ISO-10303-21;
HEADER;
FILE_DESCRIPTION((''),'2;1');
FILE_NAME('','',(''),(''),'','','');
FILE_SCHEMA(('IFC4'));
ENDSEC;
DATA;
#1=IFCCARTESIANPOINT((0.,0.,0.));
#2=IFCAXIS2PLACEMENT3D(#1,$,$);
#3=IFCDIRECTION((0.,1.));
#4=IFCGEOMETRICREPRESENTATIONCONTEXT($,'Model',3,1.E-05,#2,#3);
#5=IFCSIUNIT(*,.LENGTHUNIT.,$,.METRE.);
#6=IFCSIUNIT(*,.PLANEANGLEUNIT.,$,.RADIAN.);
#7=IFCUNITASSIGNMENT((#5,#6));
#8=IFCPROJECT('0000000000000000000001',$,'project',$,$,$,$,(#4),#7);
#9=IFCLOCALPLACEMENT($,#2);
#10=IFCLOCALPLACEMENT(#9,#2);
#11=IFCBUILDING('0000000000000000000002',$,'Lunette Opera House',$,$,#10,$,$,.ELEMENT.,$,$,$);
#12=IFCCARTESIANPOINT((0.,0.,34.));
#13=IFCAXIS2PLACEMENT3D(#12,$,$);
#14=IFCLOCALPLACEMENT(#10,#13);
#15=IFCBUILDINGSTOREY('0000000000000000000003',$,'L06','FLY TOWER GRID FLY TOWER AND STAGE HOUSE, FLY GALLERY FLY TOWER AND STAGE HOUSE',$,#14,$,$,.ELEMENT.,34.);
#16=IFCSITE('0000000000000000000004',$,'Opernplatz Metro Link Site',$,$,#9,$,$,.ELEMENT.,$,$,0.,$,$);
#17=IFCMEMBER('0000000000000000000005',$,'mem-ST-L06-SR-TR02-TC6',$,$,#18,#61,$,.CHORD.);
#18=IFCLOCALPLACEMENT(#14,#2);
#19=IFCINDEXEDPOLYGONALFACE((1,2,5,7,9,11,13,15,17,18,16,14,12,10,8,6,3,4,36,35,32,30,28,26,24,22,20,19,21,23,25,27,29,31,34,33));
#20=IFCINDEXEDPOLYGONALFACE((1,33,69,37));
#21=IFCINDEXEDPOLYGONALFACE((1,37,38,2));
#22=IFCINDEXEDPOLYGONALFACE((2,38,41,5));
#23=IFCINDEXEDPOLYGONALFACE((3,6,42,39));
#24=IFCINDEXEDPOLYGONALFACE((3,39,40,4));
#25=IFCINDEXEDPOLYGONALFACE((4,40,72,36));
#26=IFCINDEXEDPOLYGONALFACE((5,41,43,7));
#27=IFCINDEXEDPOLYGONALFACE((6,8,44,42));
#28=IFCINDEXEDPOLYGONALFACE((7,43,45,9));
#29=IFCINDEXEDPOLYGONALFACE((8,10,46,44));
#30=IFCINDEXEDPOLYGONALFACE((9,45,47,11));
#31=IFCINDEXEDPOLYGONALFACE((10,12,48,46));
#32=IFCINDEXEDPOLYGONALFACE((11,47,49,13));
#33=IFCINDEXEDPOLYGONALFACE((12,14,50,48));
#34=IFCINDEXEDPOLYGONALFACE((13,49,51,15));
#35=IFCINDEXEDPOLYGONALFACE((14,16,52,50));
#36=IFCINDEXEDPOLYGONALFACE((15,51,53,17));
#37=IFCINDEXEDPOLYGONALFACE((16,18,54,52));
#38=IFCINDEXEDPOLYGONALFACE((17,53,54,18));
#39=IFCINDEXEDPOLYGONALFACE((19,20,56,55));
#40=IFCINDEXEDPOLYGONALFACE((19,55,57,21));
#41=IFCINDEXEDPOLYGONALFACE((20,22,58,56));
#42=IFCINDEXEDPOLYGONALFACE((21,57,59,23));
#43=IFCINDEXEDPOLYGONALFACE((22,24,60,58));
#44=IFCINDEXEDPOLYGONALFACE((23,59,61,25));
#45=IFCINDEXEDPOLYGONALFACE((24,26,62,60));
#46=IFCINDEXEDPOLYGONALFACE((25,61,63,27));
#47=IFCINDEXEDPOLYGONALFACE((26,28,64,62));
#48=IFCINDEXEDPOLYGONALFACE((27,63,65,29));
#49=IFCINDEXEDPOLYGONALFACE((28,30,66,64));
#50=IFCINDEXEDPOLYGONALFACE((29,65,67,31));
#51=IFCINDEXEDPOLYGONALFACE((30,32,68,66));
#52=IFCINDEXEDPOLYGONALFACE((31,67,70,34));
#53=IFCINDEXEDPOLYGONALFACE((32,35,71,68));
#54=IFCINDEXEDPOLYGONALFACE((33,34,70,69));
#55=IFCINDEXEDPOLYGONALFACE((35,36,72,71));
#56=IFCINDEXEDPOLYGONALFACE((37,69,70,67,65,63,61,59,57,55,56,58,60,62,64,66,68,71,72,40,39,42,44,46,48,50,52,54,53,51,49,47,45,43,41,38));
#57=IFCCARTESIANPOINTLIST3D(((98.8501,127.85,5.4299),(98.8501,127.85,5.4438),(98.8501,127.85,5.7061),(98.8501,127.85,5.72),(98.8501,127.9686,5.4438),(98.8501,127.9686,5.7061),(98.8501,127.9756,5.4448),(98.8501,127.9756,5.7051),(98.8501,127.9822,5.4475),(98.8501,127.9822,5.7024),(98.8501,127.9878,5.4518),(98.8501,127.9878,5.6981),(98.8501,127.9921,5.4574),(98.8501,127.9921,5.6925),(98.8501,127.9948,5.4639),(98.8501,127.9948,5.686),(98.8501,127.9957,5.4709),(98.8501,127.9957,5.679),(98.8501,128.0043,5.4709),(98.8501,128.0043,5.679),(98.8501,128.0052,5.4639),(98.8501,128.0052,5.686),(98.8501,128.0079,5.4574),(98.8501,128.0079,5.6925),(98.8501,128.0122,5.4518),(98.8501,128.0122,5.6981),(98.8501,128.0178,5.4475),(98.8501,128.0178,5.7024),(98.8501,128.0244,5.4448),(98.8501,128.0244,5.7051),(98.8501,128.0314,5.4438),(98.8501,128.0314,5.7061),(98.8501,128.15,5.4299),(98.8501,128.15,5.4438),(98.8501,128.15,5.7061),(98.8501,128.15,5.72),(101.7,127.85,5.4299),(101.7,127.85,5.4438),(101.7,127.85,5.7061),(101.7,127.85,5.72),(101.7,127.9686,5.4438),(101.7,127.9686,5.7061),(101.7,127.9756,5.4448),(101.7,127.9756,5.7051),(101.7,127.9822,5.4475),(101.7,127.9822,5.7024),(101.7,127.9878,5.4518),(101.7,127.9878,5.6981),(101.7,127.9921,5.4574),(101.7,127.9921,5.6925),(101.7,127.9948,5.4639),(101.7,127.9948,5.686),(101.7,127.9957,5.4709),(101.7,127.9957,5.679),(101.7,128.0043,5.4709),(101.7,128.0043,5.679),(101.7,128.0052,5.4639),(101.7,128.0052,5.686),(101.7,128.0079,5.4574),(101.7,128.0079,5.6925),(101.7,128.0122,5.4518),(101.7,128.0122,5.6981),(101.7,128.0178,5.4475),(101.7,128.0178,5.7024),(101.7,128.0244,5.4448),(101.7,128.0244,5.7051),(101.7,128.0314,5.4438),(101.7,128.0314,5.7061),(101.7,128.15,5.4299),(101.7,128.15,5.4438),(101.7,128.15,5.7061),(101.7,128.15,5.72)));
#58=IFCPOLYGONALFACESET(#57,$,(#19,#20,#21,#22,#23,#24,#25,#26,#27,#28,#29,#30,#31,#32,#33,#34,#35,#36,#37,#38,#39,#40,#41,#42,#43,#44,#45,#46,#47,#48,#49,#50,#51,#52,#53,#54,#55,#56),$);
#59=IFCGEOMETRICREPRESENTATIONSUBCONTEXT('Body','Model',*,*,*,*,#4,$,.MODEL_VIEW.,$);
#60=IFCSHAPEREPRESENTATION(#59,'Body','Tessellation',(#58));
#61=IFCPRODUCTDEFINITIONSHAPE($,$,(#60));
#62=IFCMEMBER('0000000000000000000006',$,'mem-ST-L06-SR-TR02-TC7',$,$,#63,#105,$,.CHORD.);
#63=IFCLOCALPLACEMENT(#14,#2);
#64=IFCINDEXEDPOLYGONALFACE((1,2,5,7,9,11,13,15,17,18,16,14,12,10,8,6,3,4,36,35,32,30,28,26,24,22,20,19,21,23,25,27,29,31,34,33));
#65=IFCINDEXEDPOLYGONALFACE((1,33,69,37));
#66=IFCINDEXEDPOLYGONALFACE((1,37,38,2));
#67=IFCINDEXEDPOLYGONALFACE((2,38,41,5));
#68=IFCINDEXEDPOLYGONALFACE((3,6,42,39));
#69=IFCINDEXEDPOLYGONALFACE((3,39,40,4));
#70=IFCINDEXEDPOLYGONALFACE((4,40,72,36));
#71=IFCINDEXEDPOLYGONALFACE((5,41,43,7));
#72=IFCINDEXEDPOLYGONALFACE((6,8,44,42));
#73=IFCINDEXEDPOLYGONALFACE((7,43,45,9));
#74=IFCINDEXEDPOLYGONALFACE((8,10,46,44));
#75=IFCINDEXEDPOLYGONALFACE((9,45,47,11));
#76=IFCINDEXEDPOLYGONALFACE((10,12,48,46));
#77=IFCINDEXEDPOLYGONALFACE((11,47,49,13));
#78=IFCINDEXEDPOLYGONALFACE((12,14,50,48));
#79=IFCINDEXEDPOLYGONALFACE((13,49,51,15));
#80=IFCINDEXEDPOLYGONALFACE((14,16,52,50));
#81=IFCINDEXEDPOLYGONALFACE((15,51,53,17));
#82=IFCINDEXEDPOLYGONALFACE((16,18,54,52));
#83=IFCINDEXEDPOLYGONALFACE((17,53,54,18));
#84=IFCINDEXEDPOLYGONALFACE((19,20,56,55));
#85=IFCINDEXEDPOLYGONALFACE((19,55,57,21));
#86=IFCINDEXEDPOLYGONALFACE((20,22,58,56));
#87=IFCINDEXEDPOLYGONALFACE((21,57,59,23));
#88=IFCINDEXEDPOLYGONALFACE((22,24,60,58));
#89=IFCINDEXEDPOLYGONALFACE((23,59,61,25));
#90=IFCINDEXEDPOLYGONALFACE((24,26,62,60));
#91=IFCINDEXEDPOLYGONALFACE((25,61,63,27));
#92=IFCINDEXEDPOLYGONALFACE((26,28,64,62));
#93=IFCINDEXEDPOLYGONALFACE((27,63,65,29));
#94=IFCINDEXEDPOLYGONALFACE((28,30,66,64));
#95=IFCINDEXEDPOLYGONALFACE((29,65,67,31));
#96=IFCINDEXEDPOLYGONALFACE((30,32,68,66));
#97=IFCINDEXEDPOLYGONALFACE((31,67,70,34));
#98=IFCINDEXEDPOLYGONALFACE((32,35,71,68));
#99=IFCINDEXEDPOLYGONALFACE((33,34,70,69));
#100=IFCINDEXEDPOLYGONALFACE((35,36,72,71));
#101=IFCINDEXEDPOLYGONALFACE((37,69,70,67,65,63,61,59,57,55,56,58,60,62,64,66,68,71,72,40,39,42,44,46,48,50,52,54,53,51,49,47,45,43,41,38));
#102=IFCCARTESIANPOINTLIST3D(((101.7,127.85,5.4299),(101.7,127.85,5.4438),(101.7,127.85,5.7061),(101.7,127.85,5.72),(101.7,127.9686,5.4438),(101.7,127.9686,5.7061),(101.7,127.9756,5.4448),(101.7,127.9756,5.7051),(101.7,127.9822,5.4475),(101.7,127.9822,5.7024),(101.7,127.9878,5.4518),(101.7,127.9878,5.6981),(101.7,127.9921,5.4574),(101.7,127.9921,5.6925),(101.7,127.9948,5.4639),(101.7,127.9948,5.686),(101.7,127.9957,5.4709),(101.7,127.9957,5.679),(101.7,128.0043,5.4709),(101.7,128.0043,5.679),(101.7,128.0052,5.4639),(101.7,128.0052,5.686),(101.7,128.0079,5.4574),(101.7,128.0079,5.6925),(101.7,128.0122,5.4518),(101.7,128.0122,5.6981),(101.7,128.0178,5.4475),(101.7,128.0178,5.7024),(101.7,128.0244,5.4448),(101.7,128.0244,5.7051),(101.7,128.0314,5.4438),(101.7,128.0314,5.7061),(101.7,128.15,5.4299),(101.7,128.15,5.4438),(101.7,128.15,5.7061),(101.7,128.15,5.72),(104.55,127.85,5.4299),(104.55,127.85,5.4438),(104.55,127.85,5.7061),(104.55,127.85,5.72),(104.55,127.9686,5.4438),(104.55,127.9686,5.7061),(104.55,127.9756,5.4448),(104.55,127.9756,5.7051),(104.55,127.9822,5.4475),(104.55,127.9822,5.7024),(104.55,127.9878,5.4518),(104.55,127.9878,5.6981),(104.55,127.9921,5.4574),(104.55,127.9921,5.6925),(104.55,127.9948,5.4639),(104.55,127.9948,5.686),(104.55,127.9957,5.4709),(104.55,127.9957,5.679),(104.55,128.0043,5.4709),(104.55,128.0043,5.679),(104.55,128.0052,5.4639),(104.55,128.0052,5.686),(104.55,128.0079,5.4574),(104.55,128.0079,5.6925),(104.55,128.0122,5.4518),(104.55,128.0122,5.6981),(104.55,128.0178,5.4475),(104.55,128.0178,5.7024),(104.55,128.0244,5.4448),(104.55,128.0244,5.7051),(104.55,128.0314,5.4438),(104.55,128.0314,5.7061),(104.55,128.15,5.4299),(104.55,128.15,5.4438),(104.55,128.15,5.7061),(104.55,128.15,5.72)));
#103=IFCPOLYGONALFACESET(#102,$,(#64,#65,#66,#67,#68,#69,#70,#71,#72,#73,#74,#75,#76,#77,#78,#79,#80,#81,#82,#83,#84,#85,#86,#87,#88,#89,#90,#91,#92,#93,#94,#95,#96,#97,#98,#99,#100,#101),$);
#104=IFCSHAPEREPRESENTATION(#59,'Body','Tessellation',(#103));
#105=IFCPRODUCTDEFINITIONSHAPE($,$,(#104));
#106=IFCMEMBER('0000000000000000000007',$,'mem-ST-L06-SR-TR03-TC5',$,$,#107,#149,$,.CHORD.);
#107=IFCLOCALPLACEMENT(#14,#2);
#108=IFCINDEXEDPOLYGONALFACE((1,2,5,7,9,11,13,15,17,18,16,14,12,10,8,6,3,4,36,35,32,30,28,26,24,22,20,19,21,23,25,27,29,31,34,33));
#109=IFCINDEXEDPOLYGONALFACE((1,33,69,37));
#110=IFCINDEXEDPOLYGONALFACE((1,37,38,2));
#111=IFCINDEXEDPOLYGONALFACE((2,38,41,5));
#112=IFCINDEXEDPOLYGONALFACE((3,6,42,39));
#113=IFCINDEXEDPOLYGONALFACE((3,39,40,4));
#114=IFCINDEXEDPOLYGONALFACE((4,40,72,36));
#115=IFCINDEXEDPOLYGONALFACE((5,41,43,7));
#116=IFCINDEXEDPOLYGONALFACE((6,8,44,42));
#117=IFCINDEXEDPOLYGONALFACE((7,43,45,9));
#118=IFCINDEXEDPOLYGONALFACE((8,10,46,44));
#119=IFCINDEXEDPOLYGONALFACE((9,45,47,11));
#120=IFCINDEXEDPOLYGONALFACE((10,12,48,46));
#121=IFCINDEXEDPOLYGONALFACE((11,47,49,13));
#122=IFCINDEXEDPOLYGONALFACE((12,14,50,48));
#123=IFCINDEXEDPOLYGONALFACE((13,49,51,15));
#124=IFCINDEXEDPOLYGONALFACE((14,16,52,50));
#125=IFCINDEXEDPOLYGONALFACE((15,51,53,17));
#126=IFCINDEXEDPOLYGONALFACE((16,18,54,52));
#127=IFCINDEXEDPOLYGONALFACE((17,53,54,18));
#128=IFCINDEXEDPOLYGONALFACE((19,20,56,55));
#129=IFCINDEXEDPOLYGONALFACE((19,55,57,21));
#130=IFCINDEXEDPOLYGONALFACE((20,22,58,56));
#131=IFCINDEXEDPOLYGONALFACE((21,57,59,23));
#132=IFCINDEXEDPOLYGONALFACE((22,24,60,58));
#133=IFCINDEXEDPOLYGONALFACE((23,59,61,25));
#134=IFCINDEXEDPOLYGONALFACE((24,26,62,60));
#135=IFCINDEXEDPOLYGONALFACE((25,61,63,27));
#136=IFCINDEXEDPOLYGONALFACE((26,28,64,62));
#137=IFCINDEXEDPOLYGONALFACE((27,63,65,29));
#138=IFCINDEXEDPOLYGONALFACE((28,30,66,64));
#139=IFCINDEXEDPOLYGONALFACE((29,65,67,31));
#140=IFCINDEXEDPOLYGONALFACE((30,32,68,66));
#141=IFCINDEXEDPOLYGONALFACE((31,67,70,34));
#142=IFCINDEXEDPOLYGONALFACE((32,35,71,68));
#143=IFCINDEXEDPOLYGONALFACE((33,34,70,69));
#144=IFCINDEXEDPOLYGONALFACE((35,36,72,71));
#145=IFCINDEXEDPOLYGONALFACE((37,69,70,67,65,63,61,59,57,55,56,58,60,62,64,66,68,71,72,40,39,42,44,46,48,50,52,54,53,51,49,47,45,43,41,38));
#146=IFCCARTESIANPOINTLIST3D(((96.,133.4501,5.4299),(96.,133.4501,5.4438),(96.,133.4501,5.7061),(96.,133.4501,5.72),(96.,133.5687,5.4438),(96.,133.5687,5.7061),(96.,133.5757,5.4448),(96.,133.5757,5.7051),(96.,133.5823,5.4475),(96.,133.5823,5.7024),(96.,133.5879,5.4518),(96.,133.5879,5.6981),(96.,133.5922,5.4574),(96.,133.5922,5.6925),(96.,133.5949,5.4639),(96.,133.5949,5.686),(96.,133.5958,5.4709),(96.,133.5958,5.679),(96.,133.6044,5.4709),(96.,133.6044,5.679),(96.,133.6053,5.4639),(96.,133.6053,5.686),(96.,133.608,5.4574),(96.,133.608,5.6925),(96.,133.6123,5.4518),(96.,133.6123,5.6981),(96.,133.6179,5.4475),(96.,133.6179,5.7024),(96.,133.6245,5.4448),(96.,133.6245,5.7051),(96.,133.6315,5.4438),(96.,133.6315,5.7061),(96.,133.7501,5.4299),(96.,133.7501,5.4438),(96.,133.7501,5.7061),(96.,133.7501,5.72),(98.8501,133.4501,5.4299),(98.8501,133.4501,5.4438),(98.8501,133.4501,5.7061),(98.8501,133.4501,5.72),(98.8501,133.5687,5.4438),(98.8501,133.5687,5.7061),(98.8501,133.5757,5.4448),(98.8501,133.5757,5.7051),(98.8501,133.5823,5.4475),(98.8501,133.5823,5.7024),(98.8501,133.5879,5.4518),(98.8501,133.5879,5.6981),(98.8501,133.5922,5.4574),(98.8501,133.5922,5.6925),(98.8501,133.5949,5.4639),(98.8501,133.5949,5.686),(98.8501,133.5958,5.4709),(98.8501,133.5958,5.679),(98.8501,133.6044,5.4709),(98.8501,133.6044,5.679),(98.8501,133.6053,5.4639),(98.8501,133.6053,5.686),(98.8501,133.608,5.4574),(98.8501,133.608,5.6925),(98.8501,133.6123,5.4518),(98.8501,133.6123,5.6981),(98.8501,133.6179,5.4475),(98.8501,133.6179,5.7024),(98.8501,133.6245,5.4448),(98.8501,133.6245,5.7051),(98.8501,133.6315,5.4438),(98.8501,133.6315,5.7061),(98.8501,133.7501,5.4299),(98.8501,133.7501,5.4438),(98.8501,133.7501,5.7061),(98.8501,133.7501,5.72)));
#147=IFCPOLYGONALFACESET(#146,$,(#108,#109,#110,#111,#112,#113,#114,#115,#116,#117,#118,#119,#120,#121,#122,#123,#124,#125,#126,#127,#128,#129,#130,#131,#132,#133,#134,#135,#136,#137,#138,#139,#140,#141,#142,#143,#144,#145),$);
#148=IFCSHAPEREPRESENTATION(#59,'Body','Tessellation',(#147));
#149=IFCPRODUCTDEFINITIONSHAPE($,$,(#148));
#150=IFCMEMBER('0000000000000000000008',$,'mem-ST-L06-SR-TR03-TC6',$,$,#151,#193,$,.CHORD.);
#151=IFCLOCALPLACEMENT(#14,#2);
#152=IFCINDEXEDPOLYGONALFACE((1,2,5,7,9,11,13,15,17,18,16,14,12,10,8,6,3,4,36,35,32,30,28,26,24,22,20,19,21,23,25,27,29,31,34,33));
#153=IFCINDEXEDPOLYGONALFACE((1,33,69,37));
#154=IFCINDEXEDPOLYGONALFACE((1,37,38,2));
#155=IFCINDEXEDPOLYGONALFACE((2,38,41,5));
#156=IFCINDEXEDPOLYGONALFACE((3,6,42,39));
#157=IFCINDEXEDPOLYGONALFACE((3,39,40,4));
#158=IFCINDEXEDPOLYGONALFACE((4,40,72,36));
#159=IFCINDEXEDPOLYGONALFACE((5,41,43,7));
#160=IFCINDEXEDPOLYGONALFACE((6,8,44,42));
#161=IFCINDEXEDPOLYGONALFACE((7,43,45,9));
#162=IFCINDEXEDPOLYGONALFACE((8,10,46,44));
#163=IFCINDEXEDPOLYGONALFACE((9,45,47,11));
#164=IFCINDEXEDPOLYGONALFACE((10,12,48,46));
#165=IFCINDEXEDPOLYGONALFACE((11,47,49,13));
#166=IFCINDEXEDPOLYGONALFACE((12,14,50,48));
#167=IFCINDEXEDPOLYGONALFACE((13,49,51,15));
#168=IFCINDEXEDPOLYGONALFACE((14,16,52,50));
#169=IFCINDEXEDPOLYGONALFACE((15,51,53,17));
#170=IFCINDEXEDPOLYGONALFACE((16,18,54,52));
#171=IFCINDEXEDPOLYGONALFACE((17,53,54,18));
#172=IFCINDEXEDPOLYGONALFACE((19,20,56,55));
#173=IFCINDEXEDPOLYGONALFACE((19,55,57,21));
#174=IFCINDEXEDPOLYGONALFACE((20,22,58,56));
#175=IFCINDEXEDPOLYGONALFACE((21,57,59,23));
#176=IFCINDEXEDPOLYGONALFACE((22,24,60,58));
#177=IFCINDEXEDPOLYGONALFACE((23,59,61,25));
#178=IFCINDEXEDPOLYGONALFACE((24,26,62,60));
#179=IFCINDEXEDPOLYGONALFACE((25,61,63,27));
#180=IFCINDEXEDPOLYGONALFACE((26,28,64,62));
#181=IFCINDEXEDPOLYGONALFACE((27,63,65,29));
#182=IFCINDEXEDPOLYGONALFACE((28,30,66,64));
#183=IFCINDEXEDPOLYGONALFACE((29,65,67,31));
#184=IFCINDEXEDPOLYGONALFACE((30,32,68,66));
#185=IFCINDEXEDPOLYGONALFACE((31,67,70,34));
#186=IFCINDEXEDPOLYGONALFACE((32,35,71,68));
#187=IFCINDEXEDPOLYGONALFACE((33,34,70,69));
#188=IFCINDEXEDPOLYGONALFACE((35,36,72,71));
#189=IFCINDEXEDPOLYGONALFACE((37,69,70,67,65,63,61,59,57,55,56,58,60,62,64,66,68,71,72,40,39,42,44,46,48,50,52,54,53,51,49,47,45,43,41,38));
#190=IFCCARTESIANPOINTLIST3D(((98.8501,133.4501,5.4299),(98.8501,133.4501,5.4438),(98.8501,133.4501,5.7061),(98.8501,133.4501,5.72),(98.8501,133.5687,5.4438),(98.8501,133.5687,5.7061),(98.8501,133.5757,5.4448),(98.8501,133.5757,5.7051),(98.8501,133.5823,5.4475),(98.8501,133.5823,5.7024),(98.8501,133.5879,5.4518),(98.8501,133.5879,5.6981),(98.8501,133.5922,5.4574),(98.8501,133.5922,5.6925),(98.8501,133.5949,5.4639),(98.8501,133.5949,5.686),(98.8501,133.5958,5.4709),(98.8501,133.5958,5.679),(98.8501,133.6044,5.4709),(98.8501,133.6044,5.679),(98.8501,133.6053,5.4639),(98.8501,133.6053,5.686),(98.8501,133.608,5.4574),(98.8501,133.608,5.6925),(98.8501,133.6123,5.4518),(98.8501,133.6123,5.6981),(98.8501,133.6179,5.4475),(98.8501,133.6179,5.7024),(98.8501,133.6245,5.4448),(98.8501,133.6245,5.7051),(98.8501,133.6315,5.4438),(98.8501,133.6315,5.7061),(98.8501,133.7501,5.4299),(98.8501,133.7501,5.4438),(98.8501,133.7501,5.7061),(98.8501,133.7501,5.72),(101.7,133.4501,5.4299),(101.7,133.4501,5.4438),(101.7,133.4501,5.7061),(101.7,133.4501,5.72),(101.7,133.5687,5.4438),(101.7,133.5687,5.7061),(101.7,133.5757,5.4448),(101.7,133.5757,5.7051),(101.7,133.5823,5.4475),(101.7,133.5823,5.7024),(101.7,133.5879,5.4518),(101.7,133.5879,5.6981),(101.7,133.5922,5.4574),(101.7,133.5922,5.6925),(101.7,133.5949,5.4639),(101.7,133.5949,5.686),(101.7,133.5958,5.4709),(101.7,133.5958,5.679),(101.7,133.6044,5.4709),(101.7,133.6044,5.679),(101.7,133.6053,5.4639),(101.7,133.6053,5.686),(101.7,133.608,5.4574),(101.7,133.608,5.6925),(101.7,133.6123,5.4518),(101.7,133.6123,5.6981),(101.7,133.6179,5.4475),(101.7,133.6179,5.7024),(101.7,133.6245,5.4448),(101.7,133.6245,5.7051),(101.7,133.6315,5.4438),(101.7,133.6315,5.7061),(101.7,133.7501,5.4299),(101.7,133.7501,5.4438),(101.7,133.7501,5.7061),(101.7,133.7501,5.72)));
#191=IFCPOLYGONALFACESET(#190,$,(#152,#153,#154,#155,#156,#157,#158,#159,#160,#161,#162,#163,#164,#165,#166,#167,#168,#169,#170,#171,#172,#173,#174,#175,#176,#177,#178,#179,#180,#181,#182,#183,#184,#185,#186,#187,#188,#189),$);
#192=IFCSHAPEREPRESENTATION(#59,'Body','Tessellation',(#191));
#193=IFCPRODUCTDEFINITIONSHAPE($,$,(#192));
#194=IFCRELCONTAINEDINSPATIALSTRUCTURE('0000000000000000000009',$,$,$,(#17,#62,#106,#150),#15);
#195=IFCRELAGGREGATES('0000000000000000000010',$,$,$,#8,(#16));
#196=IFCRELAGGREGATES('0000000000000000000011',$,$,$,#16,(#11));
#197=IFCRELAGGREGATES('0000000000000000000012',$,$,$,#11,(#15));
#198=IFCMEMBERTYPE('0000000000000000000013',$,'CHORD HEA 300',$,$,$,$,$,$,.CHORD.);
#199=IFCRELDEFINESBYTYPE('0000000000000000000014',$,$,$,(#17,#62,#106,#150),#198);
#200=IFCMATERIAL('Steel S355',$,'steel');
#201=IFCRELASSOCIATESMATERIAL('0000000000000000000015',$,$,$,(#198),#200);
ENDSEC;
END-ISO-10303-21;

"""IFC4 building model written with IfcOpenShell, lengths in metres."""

from ifc_helpers import new_model, si_unit, direction, frame, origin, origin_2d, place, context, subcontext, project, spatial, i_section, extrude, material, material_profile, profile_set, type_object, element, save


model = new_model("IFC4")

# Units and contexts
model_context = context("Model", 3, precision=1e-05, world=origin(), true_north=direction((0.0, 1.0)))
body_context = subcontext(model_context, "Body", "Model", "MODEL_VIEW")
ifc_project = project(units=[si_unit("LENGTHUNIT", "METRE"), si_unit("PLANEANGLEUNIT", "RADIAN")], contexts=[model_context])

# Site, building, storey
site_placement = place(None, origin())
site = spatial("IfcSite", under=ifc_project, at=site_placement, Name="Opernplatz Metro Link Site", CompositionType="ELEMENT", RefElevation=0.0)
building_placement = place(site_placement, origin())
building = spatial("IfcBuilding", under=site, at=building_placement, Name="Lunette Opera House", CompositionType="ELEMENT")
storey_placement = place(building_placement, frame((0.0, 0.0, 34.0)))
storey = spatial("IfcBuildingStorey", under=building, at=storey_placement, Name="L06", Description="FLY TOWER GRID FLY TOWER AND STAGE HOUSE, FLY GALLERY FLY TOWER AND STAGE HOUSE", CompositionType="ELEMENT", Elevation=34.0)

# Members
ifc_material_1 = material(Name="Steel S355", Category="steel")
ifc_material_profile_1 = material_profile(ifc_material_1, i_section(OverallWidth=0.3, OverallDepth=0.29, WebThickness=0.0085, FlangeThickness=0.0139, FilletRadius=0.0271, at=origin_2d()), Name="HEA 300")
ifc_profile_set_1 = profile_set([ifc_material_profile_1], Name="Steel S355")
member_type_1 = type_object("IfcMemberType", Name="CHORD HEA 300", PredefinedType="CHORD", material=ifc_profile_set_1)
member_1_placement = place(storey_placement, frame((98.8501, 128.0, 5.575), z_axis=(1.0, 0.0, 0.0), x_axis=(0.0, 1.0, 0.0)))
element("IfcMember", 1, at=member_1_placement, inside=storey, type_object=member_type_1, Name="mem-ST-L06-SR-TR02-TC6", PredefinedType="CHORD", context=body_context, shape_type="SweptSolid", body=[
    extrude(i_section(OverallWidth=0.3, OverallDepth=0.29, WebThickness=0.0085, FlangeThickness=0.0139, FilletRadius=0.0271, at=origin_2d()), origin(), (0.0, 0.0, 1.0), 2.8499),
])
for number, where, z_axis, x_axis, name in (
    (2, (101.7, 128.0, 5.575), (1.0, 0.0, 0.0), (0.0, 1.0, 0.0), "mem-ST-L06-SR-TR02-TC7"),
    (3, (96.0, 133.6001, 5.575), (1.0, 0.0, 0.0), (0.0, 1.0, 0.0), "mem-ST-L06-SR-TR03-TC5"),
):
    element("IfcMember", number, at=place(storey_placement, frame(where, z_axis=z_axis, x_axis=x_axis)), inside=storey, type_object=member_type_1, Name=name, PredefinedType="CHORD", context=body_context, shape_type="SweptSolid", body=[
        extrude(i_section(OverallWidth=0.3, OverallDepth=0.29, WebThickness=0.0085, FlangeThickness=0.0139, FilletRadius=0.0271, at=origin_2d()), origin(), (0.0, 0.0, 1.0), 2.8501),
    ])
member_2_placement = place(storey_placement, frame((98.8501, 133.6001, 5.575), z_axis=(1.0, 0.0, 0.0), x_axis=(0.0, 1.0, 0.0)))
element("IfcMember", 4, at=member_2_placement, inside=storey, type_object=member_type_1, Name="mem-ST-L06-SR-TR03-TC6", PredefinedType="CHORD", context=body_context, shape_type="SweptSolid", body=[
    extrude(i_section(OverallWidth=0.3, OverallDepth=0.29, WebThickness=0.0085, FlangeThickness=0.0139, FilletRadius=0.0271, at=origin_2d()), origin(), (0.0, 0.0, 1.0), 2.8499),
])

save(model, "model.ifc")
